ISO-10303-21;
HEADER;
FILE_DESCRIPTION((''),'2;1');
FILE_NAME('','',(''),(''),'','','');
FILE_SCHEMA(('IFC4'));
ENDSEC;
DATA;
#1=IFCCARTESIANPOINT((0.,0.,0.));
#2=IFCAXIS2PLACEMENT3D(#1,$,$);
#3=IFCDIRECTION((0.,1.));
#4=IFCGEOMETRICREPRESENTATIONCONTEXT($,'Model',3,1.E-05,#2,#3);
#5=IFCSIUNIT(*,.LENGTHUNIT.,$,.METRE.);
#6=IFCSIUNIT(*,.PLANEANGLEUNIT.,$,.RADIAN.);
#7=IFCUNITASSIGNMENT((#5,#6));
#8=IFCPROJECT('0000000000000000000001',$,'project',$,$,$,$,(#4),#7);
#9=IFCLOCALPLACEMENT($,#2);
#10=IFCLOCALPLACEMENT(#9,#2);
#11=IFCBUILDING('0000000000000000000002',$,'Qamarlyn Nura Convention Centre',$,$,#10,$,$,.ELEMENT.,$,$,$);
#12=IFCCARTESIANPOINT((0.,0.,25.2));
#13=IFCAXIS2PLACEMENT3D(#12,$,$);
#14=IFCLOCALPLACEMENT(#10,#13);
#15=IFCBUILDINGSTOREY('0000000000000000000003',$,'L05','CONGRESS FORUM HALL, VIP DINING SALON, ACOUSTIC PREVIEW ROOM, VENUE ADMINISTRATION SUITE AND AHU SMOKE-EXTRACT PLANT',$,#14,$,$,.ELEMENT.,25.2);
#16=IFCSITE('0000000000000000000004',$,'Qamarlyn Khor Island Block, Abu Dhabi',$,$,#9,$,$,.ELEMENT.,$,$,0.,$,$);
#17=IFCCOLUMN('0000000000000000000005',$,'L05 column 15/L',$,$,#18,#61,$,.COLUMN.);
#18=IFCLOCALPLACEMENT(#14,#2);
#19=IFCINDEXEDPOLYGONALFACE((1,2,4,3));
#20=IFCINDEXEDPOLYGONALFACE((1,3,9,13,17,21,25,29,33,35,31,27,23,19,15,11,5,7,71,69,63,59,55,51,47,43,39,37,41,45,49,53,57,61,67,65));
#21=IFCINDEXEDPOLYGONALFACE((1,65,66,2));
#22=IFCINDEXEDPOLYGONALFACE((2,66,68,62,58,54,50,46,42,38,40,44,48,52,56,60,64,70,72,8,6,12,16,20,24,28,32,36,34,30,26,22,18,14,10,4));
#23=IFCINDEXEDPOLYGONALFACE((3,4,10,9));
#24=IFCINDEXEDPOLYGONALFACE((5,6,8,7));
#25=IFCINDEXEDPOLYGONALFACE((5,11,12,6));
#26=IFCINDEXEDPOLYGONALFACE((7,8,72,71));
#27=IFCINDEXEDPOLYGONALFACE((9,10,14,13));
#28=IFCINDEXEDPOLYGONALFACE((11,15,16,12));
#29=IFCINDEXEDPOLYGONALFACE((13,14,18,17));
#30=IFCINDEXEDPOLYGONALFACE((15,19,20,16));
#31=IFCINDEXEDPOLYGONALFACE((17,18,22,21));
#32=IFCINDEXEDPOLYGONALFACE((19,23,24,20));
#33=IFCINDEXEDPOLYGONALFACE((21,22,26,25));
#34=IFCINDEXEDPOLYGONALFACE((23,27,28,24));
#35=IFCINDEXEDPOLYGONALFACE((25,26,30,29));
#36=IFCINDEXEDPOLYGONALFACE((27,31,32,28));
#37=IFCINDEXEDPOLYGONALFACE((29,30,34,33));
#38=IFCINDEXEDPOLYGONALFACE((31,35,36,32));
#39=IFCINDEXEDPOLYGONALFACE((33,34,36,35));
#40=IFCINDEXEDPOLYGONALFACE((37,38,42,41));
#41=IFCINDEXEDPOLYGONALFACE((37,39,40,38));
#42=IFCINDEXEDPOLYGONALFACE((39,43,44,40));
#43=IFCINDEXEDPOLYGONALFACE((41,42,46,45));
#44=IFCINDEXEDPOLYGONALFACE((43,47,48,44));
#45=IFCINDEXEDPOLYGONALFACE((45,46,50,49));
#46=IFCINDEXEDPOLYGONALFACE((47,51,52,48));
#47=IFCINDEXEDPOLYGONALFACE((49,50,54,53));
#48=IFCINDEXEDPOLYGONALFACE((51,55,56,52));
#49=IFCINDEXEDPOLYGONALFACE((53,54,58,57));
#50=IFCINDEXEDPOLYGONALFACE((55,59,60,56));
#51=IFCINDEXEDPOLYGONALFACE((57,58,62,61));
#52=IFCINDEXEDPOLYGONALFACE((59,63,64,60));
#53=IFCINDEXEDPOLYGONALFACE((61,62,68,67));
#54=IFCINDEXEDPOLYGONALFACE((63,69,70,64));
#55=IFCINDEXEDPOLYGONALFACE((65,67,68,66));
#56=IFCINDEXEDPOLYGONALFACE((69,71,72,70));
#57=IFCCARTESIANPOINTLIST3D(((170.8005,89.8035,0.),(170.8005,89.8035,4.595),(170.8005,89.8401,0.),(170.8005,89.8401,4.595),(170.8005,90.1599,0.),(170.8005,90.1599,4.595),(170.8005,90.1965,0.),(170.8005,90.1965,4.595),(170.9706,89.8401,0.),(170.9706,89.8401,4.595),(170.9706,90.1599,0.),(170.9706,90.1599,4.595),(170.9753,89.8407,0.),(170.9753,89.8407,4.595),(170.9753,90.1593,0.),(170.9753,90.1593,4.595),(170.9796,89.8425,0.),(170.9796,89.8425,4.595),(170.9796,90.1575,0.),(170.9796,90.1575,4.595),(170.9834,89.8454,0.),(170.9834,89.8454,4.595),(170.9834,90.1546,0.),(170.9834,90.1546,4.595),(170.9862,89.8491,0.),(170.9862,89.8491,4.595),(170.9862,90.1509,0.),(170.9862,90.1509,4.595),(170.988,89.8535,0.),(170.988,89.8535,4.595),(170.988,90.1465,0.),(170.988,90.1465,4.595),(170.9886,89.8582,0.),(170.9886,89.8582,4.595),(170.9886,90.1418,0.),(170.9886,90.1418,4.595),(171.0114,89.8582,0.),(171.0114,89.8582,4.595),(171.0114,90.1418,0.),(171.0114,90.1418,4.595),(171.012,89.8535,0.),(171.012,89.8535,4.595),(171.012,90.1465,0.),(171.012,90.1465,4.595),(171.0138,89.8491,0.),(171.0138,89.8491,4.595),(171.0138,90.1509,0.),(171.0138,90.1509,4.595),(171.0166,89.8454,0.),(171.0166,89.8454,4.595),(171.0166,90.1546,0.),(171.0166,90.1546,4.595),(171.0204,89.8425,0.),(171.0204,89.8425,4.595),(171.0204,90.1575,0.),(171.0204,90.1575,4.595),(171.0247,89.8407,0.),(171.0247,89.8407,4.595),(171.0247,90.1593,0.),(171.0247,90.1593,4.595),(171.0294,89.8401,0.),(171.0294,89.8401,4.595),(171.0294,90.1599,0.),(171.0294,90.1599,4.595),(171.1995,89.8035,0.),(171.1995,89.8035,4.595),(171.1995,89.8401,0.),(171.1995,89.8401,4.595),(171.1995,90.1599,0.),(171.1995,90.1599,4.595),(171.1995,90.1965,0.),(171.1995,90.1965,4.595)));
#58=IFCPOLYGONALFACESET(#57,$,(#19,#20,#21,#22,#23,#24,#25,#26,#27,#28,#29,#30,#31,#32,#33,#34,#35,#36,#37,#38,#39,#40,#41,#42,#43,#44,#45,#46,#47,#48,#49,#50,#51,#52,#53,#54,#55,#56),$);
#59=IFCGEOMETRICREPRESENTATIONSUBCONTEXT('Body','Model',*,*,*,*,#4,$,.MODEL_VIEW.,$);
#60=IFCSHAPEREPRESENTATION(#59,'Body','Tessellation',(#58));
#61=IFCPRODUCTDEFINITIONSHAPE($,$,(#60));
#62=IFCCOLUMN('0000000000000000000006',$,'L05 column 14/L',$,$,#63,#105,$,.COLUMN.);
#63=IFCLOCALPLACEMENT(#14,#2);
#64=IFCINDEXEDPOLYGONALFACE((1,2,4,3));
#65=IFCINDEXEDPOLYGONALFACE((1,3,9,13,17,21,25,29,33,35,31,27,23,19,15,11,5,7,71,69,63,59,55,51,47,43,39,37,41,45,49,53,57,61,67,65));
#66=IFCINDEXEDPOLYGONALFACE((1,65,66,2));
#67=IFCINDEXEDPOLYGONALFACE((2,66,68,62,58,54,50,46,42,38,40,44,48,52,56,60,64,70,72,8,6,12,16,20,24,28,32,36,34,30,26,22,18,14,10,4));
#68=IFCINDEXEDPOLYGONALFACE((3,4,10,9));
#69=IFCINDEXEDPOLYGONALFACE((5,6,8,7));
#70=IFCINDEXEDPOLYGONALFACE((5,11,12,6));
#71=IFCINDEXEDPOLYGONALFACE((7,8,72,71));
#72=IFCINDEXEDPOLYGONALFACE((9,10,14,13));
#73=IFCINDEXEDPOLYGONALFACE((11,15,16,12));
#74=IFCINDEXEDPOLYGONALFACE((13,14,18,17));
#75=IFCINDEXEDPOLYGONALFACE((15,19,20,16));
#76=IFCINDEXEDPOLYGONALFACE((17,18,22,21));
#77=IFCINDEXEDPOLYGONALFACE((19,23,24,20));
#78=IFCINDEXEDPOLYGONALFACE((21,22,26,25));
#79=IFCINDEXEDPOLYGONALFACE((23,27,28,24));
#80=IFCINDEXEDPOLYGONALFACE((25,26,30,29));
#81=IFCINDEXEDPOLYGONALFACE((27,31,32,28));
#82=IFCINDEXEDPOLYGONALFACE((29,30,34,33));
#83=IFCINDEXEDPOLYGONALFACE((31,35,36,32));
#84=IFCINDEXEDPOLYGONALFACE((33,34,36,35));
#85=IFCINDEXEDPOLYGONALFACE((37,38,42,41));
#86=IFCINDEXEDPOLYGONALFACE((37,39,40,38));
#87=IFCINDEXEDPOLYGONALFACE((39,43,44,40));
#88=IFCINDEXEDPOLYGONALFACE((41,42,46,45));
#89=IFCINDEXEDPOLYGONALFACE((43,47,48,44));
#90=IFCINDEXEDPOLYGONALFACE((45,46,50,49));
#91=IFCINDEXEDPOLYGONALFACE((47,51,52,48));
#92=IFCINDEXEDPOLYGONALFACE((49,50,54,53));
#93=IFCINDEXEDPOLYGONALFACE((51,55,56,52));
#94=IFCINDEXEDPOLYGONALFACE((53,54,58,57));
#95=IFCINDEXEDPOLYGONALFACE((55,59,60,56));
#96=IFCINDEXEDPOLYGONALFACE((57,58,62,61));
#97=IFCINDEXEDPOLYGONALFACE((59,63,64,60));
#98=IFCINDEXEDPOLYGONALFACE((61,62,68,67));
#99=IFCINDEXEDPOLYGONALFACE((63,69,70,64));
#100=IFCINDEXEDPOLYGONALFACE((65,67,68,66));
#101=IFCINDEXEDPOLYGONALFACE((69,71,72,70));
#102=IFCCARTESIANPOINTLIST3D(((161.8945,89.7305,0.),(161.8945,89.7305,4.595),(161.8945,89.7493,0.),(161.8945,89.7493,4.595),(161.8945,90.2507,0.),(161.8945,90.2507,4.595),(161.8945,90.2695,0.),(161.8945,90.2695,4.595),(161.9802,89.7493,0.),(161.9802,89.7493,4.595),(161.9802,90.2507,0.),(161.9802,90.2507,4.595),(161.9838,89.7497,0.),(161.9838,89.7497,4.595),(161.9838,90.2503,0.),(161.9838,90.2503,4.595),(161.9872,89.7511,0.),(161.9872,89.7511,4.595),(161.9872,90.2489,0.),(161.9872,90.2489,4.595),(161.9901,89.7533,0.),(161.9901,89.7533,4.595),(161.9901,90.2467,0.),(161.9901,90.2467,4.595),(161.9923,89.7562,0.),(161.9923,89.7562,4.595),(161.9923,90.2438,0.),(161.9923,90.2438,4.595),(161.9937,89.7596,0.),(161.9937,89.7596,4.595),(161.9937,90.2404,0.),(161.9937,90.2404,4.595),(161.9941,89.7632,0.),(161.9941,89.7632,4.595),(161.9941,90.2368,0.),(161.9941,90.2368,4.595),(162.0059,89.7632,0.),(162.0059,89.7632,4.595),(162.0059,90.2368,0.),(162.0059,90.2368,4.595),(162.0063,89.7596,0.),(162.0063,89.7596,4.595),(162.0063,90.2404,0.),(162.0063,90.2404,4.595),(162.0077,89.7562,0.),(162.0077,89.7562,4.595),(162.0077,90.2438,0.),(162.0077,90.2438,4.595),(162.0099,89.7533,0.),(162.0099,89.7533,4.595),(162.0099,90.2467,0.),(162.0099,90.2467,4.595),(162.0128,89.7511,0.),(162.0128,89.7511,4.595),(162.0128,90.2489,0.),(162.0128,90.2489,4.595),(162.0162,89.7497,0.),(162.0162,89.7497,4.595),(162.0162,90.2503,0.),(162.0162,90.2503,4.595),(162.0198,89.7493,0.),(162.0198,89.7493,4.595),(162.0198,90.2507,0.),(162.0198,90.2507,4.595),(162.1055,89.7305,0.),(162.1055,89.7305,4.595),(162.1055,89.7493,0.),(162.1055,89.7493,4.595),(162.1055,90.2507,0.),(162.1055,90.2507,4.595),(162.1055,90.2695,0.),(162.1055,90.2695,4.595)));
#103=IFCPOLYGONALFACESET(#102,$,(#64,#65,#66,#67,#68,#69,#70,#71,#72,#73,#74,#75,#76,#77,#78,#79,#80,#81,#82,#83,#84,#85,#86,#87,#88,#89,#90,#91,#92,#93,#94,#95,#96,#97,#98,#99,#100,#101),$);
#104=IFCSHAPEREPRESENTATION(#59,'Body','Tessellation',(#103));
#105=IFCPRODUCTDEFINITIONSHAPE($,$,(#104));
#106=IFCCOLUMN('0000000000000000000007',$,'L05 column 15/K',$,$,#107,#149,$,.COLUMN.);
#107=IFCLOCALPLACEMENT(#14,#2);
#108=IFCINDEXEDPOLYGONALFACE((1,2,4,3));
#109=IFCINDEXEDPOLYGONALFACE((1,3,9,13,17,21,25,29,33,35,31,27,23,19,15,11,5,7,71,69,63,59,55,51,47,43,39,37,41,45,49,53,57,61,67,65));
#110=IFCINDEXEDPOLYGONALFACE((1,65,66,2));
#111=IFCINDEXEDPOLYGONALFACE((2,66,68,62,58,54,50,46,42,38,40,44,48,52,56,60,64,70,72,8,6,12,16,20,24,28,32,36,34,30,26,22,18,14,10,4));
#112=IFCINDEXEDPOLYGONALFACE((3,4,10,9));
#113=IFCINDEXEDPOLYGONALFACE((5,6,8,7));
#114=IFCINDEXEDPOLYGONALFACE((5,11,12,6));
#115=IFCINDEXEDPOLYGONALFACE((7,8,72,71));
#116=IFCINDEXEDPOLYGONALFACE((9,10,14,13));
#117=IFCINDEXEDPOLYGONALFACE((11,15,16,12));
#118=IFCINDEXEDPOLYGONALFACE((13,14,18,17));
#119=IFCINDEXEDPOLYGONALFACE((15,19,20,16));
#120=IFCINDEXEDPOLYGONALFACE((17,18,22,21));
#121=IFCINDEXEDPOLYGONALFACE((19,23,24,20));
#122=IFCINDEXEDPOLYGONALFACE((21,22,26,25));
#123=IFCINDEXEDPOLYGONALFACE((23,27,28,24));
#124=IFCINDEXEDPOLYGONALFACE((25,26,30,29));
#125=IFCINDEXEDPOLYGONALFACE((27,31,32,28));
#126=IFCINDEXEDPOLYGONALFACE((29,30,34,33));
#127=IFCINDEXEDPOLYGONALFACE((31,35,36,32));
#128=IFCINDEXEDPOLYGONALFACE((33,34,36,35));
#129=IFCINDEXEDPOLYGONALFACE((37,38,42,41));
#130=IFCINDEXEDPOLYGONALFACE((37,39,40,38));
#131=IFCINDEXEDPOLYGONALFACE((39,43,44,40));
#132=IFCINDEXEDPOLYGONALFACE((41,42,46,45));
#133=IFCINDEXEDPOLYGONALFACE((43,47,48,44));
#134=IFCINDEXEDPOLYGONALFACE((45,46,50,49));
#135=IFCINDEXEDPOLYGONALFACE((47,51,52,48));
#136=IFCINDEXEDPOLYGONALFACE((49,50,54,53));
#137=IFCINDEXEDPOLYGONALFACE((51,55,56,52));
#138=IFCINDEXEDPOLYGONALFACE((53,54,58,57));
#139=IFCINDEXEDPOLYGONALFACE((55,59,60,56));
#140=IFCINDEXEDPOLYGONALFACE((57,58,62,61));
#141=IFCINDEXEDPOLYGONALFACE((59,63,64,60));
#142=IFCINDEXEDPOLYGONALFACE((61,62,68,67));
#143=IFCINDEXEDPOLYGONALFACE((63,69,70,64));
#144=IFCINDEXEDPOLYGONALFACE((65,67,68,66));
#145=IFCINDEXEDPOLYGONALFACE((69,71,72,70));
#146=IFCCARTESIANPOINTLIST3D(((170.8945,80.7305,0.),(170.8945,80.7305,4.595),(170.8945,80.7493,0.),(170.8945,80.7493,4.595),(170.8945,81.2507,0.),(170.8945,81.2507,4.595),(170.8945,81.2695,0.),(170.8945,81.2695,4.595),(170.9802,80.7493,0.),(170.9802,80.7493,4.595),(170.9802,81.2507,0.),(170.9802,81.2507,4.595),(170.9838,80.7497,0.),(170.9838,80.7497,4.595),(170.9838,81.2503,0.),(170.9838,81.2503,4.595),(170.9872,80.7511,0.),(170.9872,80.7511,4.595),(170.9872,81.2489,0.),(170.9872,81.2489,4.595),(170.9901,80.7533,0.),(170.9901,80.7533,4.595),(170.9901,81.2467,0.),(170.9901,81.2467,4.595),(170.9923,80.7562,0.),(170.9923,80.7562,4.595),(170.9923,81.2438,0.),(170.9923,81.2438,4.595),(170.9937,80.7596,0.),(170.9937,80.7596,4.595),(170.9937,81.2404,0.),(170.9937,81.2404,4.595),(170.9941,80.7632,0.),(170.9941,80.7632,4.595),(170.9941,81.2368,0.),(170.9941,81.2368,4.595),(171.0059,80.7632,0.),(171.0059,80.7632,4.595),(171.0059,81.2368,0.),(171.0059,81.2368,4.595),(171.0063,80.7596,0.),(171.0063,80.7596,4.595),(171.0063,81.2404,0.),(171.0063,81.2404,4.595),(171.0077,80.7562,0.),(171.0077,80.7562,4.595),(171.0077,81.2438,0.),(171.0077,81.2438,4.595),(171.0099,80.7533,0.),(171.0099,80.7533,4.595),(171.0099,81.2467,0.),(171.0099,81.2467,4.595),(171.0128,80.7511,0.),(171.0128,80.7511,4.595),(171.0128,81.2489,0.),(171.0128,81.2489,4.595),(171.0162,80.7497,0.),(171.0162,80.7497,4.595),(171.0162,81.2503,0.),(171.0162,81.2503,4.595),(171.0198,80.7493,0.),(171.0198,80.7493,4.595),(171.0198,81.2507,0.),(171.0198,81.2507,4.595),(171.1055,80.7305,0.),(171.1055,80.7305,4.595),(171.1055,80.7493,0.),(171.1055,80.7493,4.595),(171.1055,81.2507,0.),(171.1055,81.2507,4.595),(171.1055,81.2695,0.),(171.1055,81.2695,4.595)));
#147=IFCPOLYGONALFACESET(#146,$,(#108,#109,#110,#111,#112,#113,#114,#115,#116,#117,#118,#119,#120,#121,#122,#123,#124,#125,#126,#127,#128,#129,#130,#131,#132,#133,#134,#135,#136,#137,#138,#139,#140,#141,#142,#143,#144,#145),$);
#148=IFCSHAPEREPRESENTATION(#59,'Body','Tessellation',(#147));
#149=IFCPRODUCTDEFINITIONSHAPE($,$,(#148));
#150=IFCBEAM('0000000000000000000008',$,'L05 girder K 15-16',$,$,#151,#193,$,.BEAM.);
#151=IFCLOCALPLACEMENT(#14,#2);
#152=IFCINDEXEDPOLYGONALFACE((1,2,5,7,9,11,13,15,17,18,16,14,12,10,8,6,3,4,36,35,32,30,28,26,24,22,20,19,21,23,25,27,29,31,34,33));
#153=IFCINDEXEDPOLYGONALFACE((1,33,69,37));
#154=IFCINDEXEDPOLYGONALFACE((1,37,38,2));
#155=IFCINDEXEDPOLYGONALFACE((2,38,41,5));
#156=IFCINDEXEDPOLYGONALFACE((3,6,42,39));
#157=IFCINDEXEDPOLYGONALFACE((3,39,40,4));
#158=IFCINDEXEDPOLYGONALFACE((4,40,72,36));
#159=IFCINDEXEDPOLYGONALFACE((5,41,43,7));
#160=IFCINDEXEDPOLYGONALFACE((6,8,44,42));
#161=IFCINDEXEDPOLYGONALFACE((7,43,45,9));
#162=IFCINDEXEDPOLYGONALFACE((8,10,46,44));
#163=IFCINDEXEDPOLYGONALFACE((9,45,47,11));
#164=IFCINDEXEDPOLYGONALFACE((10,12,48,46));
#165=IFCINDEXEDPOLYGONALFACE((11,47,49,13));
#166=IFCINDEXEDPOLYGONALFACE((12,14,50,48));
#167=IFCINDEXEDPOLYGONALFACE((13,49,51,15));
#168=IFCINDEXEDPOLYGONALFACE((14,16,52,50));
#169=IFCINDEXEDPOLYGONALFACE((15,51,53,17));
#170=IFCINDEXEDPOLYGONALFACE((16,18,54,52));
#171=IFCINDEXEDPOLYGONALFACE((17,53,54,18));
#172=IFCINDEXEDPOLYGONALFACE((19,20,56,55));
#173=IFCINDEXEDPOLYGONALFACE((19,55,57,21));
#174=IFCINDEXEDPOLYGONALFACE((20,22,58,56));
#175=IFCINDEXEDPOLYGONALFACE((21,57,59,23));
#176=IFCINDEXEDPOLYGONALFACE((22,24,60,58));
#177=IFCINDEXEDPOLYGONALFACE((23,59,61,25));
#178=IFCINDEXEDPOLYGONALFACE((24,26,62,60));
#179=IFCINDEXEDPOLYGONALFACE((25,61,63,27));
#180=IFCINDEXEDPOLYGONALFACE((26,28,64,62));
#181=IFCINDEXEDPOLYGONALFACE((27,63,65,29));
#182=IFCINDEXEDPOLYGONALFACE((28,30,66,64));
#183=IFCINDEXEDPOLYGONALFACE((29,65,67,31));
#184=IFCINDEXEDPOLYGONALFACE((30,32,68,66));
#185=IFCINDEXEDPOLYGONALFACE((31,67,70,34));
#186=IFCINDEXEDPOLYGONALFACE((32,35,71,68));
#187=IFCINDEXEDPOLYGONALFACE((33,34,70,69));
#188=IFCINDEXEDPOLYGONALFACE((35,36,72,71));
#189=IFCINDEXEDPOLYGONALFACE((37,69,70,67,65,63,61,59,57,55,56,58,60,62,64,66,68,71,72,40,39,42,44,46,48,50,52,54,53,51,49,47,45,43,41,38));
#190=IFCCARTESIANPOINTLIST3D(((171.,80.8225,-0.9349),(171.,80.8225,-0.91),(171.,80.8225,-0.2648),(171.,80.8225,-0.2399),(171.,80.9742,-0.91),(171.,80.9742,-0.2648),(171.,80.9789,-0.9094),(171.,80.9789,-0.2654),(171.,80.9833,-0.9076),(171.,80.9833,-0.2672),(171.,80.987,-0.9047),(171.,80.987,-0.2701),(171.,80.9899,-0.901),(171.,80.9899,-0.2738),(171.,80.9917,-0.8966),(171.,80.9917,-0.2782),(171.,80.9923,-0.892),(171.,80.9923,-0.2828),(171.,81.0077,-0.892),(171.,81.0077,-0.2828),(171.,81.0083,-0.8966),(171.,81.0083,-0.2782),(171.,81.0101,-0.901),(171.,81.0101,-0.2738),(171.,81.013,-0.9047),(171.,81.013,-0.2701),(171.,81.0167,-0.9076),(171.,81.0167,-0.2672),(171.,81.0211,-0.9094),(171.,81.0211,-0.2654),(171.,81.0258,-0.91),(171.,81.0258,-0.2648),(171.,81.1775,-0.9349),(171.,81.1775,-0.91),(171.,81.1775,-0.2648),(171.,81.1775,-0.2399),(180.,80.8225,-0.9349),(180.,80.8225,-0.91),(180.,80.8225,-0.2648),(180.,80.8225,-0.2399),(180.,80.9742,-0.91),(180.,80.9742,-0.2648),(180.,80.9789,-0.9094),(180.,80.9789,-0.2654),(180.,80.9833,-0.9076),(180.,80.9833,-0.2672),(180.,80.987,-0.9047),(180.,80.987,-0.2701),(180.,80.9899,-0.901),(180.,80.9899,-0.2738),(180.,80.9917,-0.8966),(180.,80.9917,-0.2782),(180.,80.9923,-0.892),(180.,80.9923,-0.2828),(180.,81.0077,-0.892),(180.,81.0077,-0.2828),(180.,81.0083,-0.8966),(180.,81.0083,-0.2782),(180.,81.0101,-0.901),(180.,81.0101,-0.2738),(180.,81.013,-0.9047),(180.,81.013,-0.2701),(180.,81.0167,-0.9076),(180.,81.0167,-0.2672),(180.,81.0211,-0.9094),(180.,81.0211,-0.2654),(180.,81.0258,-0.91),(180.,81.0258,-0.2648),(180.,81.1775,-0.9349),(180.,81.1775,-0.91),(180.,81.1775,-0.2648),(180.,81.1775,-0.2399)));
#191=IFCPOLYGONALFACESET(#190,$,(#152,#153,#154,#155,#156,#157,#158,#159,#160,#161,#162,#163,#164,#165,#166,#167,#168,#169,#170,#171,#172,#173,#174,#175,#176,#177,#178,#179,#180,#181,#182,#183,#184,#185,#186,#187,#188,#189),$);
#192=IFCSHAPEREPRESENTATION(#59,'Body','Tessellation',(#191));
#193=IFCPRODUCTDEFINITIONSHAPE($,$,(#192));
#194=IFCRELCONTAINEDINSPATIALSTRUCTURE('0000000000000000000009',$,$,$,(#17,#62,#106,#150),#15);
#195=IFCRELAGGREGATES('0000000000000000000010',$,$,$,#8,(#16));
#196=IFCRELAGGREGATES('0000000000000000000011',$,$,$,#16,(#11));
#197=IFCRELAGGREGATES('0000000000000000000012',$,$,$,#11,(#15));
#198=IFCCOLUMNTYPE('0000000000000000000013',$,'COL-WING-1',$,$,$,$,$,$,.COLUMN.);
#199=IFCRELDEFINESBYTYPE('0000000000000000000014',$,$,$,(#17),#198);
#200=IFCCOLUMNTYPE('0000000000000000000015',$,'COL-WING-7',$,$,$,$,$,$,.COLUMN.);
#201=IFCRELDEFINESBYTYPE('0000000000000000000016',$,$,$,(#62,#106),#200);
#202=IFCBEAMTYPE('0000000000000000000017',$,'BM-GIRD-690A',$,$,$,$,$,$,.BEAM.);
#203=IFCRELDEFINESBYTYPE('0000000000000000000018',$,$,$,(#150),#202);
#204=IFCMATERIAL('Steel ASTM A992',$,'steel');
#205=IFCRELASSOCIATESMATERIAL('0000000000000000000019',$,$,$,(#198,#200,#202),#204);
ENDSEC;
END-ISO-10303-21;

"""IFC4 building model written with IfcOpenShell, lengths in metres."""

from ifc_helpers import new_model, si_unit, direction, frame, origin, origin_2d, place, context, subcontext, project, spatial, i_section, extrude, material, material_profile, profile_set, type_object, element, save


model = new_model("IFC4")

# Units and contexts
model_context = context("Model", 3, precision=1e-05, world=origin(), true_north=direction((0.0, 1.0)))
body_context = subcontext(model_context, "Body", "Model", "MODEL_VIEW")
ifc_project = project(units=[si_unit("LENGTHUNIT", "METRE"), si_unit("PLANEANGLEUNIT", "RADIAN")], contexts=[model_context])

# Site, building, storey
site_placement = place(None, origin())
site = spatial("IfcSite", under=ifc_project, at=site_placement, Name="Qamarlyn Khor Island Block, Abu Dhabi", CompositionType="ELEMENT", RefElevation=0.0)
building_placement = place(site_placement, origin())
building = spatial("IfcBuilding", under=site, at=building_placement, Name="Qamarlyn Nura Convention Centre", CompositionType="ELEMENT")
storey_placement = place(building_placement, frame((0.0, 0.0, 25.2)))
storey = spatial("IfcBuildingStorey", under=building, at=storey_placement, Name="L05", Description="CONGRESS FORUM HALL, VIP DINING SALON, ACOUSTIC PREVIEW ROOM, VENUE ADMINISTRATION SUITE AND AHU SMOKE-EXTRACT PLANT", CompositionType="ELEMENT", Elevation=25.2)

# Columns
ifc_material_1 = material(Name="Steel ASTM A992", Category="steel")
ifc_material_profile_1 = material_profile(ifc_material_1, i_section(OverallWidth=0.3989, OverallDepth=0.3931, WebThickness=0.0227, FlangeThickness=0.0366, FilletRadius=0.0181, at=origin_2d()), Name="W360X287")
ifc_profile_set_1 = profile_set([ifc_material_profile_1], Name="Steel ASTM A992")
column_type_1 = type_object("IfcColumnType", Name="COL-WING-1", PredefinedType="COLUMN", material=ifc_profile_set_1)
column_placement = place(storey_placement, frame((171.0, 90.0, 0.0), z_axis=(0.0, 0.0, 1.0), x_axis=(1.0, 0.0, 0.0)))
element("IfcColumn", 1, at=column_placement, inside=storey, type_object=column_type_1, Name="L05 column 15/L", PredefinedType="COLUMN", context=body_context, shape_type="SweptSolid", body=[
    extrude(i_section(OverallWidth=0.3989, OverallDepth=0.3931, WebThickness=0.0227, FlangeThickness=0.0366, FilletRadius=0.0181, at=origin_2d()), origin(), (0.0, 0.0, 1.0), 4.595),
])
ifc_material_profile_2 = material_profile(ifc_material_1, i_section(OverallWidth=0.2109, OverallDepth=0.5391, WebThickness=0.0117, FlangeThickness=0.0188, FilletRadius=0.0139, at=origin_2d()), Name="W530X109")
ifc_profile_set_2 = profile_set([ifc_material_profile_2], Name="Steel ASTM A992")
column_type_2 = type_object("IfcColumnType", Name="COL-WING-7", PredefinedType="COLUMN", material=ifc_profile_set_2)
for number, where, z_axis, x_axis, name in (
    (2, (162.0, 90.0, 0.0), (0.0, 0.0, 1.0), (1.0, 0.0, 0.0), "L05 column 14/L"),
    (3, (171.0, 81.0, 0.0), (0.0, 0.0, 1.0), (1.0, 0.0, 0.0), "L05 column 15/K"),
):
    element("IfcColumn", number, at=place(storey_placement, frame(where, z_axis=z_axis, x_axis=x_axis)), inside=storey, type_object=column_type_2, Name=name, PredefinedType="COLUMN", context=body_context, shape_type="SweptSolid", body=[
        extrude(i_section(OverallWidth=0.2109, OverallDepth=0.5391, WebThickness=0.0117, FlangeThickness=0.0188, FilletRadius=0.0139, at=origin_2d()), origin(), (0.0, 0.0, 1.0), 4.595),
    ])

# Beam
ifc_material_profile_3 = material_profile(ifc_material_1, i_section(OverallWidth=0.355, OverallDepth=0.6951, WebThickness=0.0154, FlangeThickness=0.0249, FilletRadius=0.0181, at=origin_2d()), Name="W690X217")
ifc_profile_set_3 = profile_set([ifc_material_profile_3], Name="Steel ASTM A992")
beam_type_1 = type_object("IfcBeamType", Name="BM-GIRD-690A", PredefinedType="BEAM", material=ifc_profile_set_3)
for number, where, z_axis, x_axis, name in (
    (4, (171.0, 81.0, -0.5874), (1.0, 0.0, 0.0), (0.0, 1.0, 0.0), "L05 girder K 15-16"),
):
    element("IfcBeam", number, at=place(storey_placement, frame(where, z_axis=z_axis, x_axis=x_axis)), inside=storey, type_object=beam_type_1, Name=name, PredefinedType="BEAM", context=body_context, shape_type="SweptSolid", body=[
        extrude(i_section(OverallWidth=0.355, OverallDepth=0.6951, WebThickness=0.0154, FlangeThickness=0.0249, FilletRadius=0.0181, at=origin_2d()), origin(), (0.0, 0.0, 1.0), 9.0),
    ])

save(model, "model.ifc")
